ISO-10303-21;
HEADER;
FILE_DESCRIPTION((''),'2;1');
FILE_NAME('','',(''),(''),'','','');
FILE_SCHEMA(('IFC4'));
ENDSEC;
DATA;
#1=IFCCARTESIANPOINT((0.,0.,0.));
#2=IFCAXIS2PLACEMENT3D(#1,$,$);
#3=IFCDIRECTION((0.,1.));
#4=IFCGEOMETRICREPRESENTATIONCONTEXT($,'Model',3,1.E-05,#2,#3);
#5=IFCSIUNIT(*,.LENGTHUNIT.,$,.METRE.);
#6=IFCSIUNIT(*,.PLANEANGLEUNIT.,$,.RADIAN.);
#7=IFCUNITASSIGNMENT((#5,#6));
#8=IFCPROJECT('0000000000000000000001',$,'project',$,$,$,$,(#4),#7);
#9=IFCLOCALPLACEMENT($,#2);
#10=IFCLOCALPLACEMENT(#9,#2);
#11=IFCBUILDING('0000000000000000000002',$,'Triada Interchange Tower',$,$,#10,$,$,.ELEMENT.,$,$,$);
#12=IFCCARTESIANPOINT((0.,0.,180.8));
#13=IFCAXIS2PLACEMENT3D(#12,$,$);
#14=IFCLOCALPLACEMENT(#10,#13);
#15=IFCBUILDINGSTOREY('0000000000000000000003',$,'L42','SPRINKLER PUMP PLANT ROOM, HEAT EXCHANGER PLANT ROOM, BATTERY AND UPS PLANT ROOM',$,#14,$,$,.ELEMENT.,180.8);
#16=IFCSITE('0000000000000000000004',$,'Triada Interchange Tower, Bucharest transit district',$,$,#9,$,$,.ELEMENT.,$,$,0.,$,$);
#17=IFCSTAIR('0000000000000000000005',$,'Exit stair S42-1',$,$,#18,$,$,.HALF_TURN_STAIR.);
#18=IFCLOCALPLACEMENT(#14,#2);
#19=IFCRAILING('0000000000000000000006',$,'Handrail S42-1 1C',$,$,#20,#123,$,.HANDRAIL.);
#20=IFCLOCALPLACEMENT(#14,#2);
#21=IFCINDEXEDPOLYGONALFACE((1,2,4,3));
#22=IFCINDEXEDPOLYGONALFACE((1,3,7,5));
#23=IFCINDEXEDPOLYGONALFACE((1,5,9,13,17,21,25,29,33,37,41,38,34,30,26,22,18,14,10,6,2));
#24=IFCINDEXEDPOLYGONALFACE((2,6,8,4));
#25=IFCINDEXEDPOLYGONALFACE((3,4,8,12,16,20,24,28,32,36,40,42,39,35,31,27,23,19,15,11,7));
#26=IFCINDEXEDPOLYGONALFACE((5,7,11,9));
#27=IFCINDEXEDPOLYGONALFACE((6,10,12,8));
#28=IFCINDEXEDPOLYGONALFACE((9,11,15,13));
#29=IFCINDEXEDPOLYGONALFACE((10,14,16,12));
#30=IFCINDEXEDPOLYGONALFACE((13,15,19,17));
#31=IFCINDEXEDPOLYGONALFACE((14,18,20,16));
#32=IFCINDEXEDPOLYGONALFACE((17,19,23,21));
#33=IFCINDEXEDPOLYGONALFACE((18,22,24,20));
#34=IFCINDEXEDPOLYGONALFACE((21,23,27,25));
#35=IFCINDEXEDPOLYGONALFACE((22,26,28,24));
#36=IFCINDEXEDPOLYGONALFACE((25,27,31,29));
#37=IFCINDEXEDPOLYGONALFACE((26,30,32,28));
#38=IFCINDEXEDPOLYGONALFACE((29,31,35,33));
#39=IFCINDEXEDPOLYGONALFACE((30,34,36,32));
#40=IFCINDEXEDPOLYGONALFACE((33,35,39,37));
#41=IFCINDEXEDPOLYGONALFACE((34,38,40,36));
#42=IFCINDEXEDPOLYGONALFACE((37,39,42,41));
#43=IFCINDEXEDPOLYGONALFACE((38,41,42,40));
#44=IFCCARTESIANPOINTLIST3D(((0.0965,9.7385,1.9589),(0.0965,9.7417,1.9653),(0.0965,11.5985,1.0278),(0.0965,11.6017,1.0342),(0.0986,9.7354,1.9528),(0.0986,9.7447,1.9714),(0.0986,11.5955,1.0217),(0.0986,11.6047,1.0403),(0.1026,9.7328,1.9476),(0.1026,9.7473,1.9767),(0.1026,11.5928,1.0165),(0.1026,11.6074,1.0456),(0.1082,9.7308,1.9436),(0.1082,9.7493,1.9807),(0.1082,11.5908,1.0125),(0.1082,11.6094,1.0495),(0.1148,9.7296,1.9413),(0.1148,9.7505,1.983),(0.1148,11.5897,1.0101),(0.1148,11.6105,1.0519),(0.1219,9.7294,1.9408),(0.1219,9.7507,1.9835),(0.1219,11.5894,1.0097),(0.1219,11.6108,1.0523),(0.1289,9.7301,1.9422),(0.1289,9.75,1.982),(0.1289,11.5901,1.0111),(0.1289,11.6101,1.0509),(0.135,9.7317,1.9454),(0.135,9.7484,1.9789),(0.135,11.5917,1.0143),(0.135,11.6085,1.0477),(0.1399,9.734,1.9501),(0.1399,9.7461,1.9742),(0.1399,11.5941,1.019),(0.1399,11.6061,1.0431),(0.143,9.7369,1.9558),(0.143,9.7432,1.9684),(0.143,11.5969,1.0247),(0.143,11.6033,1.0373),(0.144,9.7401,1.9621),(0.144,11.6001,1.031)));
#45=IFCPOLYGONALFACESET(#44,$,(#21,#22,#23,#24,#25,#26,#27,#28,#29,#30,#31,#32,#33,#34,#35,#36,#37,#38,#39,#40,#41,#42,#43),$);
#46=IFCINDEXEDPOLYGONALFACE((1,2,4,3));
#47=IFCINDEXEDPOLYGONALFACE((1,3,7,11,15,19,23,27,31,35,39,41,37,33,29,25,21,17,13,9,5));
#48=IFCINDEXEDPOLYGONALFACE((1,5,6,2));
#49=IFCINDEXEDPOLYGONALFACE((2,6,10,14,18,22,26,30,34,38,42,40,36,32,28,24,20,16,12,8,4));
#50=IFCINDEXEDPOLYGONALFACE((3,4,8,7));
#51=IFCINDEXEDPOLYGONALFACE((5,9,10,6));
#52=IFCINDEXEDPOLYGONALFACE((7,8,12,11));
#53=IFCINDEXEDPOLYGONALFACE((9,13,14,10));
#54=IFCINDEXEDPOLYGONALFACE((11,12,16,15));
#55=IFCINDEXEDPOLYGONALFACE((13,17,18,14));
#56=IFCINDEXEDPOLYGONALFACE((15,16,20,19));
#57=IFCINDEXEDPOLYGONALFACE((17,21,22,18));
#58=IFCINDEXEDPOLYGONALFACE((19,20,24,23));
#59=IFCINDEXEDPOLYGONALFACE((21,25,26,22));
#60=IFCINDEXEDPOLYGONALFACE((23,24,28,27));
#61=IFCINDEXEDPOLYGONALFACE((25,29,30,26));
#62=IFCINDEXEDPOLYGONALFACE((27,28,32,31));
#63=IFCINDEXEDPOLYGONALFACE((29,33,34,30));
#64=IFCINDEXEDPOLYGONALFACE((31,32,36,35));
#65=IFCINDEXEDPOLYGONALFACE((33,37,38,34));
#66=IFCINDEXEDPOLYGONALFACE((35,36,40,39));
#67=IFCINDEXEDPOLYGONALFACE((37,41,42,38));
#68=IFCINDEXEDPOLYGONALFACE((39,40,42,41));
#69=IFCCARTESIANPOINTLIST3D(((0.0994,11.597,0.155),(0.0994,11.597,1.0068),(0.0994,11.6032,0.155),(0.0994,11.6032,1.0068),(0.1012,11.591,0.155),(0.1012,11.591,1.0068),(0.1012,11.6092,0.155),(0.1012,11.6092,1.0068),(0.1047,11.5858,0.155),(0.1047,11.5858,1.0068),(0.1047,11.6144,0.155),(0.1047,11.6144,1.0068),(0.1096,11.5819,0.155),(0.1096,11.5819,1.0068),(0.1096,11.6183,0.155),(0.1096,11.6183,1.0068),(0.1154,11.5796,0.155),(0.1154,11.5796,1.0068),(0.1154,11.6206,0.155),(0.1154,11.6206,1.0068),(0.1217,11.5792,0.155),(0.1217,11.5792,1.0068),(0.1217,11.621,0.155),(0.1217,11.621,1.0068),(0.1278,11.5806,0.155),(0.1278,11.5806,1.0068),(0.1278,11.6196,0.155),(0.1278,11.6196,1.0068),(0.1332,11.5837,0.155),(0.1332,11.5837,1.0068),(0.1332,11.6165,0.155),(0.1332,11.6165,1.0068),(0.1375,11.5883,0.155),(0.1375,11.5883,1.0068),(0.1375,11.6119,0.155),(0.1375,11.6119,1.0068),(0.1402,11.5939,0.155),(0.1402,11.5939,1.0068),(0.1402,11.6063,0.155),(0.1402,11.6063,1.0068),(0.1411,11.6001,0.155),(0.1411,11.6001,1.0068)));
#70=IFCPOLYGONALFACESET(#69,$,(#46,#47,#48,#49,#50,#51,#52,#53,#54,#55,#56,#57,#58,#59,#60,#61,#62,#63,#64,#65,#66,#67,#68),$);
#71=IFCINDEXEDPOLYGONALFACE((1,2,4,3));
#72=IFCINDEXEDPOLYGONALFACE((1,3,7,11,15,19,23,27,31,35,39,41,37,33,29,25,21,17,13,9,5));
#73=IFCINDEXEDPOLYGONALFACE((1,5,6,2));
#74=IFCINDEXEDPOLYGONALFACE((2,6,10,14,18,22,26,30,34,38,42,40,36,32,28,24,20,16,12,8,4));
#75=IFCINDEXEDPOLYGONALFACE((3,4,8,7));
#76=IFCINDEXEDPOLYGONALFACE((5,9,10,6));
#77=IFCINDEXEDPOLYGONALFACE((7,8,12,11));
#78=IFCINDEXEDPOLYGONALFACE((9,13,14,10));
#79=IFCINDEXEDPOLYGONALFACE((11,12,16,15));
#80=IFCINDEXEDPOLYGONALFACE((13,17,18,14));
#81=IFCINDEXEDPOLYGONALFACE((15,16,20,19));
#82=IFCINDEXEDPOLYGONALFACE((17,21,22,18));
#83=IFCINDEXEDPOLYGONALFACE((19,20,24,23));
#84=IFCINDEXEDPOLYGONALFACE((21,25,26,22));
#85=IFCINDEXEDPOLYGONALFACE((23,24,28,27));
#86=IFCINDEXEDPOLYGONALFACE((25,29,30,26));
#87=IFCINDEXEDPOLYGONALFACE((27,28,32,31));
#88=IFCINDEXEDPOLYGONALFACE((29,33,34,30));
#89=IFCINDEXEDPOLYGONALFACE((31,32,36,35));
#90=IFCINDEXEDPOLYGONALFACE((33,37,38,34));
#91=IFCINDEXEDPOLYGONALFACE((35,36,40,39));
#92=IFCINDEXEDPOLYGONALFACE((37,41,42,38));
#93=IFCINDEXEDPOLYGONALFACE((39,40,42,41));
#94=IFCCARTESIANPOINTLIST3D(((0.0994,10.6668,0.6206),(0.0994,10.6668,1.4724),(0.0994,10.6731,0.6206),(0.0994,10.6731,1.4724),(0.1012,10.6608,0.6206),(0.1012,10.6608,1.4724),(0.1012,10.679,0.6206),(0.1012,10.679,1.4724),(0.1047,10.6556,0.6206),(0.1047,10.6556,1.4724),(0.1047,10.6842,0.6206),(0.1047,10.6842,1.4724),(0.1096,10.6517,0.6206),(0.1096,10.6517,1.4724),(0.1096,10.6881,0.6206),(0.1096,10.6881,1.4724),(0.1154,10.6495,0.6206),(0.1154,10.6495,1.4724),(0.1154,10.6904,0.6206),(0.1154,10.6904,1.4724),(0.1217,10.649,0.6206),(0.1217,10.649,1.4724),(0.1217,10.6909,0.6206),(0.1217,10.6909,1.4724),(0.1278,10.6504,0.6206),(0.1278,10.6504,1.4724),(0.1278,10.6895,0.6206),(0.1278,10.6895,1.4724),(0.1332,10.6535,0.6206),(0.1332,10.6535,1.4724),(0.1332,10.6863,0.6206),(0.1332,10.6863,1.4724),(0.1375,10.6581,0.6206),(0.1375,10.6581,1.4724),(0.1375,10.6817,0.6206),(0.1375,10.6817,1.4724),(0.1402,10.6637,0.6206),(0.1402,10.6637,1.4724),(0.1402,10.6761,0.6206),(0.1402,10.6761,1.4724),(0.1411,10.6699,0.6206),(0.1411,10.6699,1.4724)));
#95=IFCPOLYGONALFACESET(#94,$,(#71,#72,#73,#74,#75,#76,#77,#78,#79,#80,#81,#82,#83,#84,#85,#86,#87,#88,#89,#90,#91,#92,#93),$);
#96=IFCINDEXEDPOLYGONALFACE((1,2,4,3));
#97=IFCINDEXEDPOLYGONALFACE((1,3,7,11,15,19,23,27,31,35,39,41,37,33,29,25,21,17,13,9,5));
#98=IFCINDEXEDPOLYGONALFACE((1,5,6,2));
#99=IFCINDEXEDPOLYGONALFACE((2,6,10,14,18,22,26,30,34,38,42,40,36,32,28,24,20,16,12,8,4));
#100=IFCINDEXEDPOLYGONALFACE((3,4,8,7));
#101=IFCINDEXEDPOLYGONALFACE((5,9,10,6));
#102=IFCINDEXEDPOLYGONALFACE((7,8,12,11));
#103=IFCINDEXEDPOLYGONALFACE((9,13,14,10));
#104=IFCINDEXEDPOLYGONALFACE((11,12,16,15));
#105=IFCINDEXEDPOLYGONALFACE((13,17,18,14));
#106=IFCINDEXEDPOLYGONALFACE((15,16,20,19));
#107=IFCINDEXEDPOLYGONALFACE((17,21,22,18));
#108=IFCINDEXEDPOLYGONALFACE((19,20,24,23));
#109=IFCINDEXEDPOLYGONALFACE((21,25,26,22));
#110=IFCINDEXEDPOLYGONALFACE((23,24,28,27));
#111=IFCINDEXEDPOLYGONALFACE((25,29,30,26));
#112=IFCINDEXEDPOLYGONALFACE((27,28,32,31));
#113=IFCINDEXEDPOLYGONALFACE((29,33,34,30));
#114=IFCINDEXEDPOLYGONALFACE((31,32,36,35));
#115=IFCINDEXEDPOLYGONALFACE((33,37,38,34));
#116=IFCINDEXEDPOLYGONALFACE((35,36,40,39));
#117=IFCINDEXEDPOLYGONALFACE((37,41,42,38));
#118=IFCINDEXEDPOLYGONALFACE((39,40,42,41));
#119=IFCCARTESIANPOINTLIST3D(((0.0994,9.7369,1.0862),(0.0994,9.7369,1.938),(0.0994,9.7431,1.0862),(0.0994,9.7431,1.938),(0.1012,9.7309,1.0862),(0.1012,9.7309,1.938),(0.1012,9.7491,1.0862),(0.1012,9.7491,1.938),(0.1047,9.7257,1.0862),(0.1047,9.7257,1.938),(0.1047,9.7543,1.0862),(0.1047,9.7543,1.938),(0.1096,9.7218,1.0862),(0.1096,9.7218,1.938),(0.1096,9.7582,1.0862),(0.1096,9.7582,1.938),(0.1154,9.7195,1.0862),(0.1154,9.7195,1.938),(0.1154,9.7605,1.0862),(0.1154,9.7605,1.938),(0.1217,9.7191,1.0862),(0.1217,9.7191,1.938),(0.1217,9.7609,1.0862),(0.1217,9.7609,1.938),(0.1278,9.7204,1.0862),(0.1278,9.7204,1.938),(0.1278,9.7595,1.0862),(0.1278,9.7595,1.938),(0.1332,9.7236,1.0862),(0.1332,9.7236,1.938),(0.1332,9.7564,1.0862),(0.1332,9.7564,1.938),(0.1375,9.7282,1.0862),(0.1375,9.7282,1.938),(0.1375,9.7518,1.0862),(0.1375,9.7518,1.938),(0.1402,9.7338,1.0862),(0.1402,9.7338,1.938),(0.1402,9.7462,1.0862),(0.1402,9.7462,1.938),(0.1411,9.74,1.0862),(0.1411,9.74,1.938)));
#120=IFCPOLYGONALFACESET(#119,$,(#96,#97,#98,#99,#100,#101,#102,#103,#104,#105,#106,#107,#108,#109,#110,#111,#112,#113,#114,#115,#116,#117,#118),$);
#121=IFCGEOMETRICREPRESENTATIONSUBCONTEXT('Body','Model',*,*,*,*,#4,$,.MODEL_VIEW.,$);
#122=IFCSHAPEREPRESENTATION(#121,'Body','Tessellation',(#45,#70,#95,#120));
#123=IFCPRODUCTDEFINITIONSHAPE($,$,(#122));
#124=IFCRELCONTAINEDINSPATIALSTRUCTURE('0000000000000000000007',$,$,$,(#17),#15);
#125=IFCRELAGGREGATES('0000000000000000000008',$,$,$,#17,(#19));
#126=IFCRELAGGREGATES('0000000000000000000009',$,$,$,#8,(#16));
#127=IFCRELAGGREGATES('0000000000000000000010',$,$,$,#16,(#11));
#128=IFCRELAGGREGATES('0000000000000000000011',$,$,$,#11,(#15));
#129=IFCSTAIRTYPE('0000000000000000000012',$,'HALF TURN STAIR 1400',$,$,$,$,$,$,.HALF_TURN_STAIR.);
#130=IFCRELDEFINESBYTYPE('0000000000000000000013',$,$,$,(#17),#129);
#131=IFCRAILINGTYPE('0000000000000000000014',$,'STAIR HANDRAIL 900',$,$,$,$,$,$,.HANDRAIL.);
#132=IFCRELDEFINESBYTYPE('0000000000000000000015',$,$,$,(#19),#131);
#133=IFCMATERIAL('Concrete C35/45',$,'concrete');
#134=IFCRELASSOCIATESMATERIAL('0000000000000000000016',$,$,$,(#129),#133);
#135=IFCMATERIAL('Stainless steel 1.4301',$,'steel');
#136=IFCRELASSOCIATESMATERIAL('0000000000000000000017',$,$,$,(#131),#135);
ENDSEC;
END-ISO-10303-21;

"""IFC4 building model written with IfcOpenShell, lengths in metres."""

from ifc_helpers import new_model, si_unit, direction, frame, origin, origin_2d, place, context, subcontext, project, spatial, circle, extrude, material, type_object, element, aggregate, save


model = new_model("IFC4")

# Units and contexts
model_context = context("Model", 3, precision=1e-05, world=origin(), true_north=direction((0.0, 1.0)))
body_context = subcontext(model_context, "Body", "Model", "MODEL_VIEW")
ifc_project = project(units=[si_unit("LENGTHUNIT", "METRE"), si_unit("PLANEANGLEUNIT", "RADIAN")], contexts=[model_context])

# Site, building, storey
site_placement = place(None, origin())
site = spatial("IfcSite", under=ifc_project, at=site_placement, Name="Triada Interchange Tower, Bucharest transit district", CompositionType="ELEMENT", RefElevation=0.0)
building_placement = place(site_placement, origin())
building = spatial("IfcBuilding", under=site, at=building_placement, Name="Triada Interchange Tower", CompositionType="ELEMENT")
storey_placement = place(building_placement, frame((0.0, 0.0, 180.8)))
storey = spatial("IfcBuildingStorey", under=building, at=storey_placement, Name="L42", Description="SPRINKLER PUMP PLANT ROOM, HEAT EXCHANGER PLANT ROOM, BATTERY AND UPS PLANT ROOM", CompositionType="ELEMENT", Elevation=180.8)

# Stair
ifc_material_1 = material(Name="Concrete C35/45", Category="concrete")
stair_type = type_object("IfcStairType", Name="HALF TURN STAIR 1400", PredefinedType="HALF_TURN_STAIR", material=ifc_material_1)
stair_1_placement = place(storey_placement, origin())
stair_1 = element("IfcStair", 1, at=stair_1_placement, inside=storey, type_object=stair_type, Name="Exit stair S42-1", PredefinedType="HALF_TURN_STAIR")

# Railing
ifc_material_2 = material(Name="Stainless steel 1.4301", Category="steel")
railing_type = type_object("IfcRailingType", Name="STAIR HANDRAIL 900", PredefinedType="HANDRAIL", material=ifc_material_2)
railing_1_placement = place(storey_placement, frame((0.1201, 11.6001, 0.155)))
railing_1 = element("IfcRailing", 2, at=railing_1_placement, type_object=railing_type, Name="Handrail S42-1 1C", PredefinedType="HANDRAIL", context=body_context, shape_type="SweptSolid", body=[
    extrude(circle(Radius=0.0239, at=origin_2d()), frame((0.0, 0.0, 0.876), z_axis=(0.0, -0.894216, 0.447636), x_axis=(1.0, 0.0, 0.0)), (0.0, 0.0, 1.0), 2.0801),
    extrude(circle(Radius=0.021, at=origin_2d()), origin(), (0.0, 0.0, 1.0), 0.8518),
    extrude(circle(Radius=0.021, at=origin_2d()), frame((0.0, -0.9302, 0.4656)), (0.0, 0.0, 1.0), 0.8518),
    extrude(circle(Radius=0.021, at=origin_2d()), frame((0.0, -1.8601, 0.9312)), (0.0, 0.0, 1.0), 0.8518),
])
aggregate(stair_1, [railing_1])

save(model, "model.ifc")
